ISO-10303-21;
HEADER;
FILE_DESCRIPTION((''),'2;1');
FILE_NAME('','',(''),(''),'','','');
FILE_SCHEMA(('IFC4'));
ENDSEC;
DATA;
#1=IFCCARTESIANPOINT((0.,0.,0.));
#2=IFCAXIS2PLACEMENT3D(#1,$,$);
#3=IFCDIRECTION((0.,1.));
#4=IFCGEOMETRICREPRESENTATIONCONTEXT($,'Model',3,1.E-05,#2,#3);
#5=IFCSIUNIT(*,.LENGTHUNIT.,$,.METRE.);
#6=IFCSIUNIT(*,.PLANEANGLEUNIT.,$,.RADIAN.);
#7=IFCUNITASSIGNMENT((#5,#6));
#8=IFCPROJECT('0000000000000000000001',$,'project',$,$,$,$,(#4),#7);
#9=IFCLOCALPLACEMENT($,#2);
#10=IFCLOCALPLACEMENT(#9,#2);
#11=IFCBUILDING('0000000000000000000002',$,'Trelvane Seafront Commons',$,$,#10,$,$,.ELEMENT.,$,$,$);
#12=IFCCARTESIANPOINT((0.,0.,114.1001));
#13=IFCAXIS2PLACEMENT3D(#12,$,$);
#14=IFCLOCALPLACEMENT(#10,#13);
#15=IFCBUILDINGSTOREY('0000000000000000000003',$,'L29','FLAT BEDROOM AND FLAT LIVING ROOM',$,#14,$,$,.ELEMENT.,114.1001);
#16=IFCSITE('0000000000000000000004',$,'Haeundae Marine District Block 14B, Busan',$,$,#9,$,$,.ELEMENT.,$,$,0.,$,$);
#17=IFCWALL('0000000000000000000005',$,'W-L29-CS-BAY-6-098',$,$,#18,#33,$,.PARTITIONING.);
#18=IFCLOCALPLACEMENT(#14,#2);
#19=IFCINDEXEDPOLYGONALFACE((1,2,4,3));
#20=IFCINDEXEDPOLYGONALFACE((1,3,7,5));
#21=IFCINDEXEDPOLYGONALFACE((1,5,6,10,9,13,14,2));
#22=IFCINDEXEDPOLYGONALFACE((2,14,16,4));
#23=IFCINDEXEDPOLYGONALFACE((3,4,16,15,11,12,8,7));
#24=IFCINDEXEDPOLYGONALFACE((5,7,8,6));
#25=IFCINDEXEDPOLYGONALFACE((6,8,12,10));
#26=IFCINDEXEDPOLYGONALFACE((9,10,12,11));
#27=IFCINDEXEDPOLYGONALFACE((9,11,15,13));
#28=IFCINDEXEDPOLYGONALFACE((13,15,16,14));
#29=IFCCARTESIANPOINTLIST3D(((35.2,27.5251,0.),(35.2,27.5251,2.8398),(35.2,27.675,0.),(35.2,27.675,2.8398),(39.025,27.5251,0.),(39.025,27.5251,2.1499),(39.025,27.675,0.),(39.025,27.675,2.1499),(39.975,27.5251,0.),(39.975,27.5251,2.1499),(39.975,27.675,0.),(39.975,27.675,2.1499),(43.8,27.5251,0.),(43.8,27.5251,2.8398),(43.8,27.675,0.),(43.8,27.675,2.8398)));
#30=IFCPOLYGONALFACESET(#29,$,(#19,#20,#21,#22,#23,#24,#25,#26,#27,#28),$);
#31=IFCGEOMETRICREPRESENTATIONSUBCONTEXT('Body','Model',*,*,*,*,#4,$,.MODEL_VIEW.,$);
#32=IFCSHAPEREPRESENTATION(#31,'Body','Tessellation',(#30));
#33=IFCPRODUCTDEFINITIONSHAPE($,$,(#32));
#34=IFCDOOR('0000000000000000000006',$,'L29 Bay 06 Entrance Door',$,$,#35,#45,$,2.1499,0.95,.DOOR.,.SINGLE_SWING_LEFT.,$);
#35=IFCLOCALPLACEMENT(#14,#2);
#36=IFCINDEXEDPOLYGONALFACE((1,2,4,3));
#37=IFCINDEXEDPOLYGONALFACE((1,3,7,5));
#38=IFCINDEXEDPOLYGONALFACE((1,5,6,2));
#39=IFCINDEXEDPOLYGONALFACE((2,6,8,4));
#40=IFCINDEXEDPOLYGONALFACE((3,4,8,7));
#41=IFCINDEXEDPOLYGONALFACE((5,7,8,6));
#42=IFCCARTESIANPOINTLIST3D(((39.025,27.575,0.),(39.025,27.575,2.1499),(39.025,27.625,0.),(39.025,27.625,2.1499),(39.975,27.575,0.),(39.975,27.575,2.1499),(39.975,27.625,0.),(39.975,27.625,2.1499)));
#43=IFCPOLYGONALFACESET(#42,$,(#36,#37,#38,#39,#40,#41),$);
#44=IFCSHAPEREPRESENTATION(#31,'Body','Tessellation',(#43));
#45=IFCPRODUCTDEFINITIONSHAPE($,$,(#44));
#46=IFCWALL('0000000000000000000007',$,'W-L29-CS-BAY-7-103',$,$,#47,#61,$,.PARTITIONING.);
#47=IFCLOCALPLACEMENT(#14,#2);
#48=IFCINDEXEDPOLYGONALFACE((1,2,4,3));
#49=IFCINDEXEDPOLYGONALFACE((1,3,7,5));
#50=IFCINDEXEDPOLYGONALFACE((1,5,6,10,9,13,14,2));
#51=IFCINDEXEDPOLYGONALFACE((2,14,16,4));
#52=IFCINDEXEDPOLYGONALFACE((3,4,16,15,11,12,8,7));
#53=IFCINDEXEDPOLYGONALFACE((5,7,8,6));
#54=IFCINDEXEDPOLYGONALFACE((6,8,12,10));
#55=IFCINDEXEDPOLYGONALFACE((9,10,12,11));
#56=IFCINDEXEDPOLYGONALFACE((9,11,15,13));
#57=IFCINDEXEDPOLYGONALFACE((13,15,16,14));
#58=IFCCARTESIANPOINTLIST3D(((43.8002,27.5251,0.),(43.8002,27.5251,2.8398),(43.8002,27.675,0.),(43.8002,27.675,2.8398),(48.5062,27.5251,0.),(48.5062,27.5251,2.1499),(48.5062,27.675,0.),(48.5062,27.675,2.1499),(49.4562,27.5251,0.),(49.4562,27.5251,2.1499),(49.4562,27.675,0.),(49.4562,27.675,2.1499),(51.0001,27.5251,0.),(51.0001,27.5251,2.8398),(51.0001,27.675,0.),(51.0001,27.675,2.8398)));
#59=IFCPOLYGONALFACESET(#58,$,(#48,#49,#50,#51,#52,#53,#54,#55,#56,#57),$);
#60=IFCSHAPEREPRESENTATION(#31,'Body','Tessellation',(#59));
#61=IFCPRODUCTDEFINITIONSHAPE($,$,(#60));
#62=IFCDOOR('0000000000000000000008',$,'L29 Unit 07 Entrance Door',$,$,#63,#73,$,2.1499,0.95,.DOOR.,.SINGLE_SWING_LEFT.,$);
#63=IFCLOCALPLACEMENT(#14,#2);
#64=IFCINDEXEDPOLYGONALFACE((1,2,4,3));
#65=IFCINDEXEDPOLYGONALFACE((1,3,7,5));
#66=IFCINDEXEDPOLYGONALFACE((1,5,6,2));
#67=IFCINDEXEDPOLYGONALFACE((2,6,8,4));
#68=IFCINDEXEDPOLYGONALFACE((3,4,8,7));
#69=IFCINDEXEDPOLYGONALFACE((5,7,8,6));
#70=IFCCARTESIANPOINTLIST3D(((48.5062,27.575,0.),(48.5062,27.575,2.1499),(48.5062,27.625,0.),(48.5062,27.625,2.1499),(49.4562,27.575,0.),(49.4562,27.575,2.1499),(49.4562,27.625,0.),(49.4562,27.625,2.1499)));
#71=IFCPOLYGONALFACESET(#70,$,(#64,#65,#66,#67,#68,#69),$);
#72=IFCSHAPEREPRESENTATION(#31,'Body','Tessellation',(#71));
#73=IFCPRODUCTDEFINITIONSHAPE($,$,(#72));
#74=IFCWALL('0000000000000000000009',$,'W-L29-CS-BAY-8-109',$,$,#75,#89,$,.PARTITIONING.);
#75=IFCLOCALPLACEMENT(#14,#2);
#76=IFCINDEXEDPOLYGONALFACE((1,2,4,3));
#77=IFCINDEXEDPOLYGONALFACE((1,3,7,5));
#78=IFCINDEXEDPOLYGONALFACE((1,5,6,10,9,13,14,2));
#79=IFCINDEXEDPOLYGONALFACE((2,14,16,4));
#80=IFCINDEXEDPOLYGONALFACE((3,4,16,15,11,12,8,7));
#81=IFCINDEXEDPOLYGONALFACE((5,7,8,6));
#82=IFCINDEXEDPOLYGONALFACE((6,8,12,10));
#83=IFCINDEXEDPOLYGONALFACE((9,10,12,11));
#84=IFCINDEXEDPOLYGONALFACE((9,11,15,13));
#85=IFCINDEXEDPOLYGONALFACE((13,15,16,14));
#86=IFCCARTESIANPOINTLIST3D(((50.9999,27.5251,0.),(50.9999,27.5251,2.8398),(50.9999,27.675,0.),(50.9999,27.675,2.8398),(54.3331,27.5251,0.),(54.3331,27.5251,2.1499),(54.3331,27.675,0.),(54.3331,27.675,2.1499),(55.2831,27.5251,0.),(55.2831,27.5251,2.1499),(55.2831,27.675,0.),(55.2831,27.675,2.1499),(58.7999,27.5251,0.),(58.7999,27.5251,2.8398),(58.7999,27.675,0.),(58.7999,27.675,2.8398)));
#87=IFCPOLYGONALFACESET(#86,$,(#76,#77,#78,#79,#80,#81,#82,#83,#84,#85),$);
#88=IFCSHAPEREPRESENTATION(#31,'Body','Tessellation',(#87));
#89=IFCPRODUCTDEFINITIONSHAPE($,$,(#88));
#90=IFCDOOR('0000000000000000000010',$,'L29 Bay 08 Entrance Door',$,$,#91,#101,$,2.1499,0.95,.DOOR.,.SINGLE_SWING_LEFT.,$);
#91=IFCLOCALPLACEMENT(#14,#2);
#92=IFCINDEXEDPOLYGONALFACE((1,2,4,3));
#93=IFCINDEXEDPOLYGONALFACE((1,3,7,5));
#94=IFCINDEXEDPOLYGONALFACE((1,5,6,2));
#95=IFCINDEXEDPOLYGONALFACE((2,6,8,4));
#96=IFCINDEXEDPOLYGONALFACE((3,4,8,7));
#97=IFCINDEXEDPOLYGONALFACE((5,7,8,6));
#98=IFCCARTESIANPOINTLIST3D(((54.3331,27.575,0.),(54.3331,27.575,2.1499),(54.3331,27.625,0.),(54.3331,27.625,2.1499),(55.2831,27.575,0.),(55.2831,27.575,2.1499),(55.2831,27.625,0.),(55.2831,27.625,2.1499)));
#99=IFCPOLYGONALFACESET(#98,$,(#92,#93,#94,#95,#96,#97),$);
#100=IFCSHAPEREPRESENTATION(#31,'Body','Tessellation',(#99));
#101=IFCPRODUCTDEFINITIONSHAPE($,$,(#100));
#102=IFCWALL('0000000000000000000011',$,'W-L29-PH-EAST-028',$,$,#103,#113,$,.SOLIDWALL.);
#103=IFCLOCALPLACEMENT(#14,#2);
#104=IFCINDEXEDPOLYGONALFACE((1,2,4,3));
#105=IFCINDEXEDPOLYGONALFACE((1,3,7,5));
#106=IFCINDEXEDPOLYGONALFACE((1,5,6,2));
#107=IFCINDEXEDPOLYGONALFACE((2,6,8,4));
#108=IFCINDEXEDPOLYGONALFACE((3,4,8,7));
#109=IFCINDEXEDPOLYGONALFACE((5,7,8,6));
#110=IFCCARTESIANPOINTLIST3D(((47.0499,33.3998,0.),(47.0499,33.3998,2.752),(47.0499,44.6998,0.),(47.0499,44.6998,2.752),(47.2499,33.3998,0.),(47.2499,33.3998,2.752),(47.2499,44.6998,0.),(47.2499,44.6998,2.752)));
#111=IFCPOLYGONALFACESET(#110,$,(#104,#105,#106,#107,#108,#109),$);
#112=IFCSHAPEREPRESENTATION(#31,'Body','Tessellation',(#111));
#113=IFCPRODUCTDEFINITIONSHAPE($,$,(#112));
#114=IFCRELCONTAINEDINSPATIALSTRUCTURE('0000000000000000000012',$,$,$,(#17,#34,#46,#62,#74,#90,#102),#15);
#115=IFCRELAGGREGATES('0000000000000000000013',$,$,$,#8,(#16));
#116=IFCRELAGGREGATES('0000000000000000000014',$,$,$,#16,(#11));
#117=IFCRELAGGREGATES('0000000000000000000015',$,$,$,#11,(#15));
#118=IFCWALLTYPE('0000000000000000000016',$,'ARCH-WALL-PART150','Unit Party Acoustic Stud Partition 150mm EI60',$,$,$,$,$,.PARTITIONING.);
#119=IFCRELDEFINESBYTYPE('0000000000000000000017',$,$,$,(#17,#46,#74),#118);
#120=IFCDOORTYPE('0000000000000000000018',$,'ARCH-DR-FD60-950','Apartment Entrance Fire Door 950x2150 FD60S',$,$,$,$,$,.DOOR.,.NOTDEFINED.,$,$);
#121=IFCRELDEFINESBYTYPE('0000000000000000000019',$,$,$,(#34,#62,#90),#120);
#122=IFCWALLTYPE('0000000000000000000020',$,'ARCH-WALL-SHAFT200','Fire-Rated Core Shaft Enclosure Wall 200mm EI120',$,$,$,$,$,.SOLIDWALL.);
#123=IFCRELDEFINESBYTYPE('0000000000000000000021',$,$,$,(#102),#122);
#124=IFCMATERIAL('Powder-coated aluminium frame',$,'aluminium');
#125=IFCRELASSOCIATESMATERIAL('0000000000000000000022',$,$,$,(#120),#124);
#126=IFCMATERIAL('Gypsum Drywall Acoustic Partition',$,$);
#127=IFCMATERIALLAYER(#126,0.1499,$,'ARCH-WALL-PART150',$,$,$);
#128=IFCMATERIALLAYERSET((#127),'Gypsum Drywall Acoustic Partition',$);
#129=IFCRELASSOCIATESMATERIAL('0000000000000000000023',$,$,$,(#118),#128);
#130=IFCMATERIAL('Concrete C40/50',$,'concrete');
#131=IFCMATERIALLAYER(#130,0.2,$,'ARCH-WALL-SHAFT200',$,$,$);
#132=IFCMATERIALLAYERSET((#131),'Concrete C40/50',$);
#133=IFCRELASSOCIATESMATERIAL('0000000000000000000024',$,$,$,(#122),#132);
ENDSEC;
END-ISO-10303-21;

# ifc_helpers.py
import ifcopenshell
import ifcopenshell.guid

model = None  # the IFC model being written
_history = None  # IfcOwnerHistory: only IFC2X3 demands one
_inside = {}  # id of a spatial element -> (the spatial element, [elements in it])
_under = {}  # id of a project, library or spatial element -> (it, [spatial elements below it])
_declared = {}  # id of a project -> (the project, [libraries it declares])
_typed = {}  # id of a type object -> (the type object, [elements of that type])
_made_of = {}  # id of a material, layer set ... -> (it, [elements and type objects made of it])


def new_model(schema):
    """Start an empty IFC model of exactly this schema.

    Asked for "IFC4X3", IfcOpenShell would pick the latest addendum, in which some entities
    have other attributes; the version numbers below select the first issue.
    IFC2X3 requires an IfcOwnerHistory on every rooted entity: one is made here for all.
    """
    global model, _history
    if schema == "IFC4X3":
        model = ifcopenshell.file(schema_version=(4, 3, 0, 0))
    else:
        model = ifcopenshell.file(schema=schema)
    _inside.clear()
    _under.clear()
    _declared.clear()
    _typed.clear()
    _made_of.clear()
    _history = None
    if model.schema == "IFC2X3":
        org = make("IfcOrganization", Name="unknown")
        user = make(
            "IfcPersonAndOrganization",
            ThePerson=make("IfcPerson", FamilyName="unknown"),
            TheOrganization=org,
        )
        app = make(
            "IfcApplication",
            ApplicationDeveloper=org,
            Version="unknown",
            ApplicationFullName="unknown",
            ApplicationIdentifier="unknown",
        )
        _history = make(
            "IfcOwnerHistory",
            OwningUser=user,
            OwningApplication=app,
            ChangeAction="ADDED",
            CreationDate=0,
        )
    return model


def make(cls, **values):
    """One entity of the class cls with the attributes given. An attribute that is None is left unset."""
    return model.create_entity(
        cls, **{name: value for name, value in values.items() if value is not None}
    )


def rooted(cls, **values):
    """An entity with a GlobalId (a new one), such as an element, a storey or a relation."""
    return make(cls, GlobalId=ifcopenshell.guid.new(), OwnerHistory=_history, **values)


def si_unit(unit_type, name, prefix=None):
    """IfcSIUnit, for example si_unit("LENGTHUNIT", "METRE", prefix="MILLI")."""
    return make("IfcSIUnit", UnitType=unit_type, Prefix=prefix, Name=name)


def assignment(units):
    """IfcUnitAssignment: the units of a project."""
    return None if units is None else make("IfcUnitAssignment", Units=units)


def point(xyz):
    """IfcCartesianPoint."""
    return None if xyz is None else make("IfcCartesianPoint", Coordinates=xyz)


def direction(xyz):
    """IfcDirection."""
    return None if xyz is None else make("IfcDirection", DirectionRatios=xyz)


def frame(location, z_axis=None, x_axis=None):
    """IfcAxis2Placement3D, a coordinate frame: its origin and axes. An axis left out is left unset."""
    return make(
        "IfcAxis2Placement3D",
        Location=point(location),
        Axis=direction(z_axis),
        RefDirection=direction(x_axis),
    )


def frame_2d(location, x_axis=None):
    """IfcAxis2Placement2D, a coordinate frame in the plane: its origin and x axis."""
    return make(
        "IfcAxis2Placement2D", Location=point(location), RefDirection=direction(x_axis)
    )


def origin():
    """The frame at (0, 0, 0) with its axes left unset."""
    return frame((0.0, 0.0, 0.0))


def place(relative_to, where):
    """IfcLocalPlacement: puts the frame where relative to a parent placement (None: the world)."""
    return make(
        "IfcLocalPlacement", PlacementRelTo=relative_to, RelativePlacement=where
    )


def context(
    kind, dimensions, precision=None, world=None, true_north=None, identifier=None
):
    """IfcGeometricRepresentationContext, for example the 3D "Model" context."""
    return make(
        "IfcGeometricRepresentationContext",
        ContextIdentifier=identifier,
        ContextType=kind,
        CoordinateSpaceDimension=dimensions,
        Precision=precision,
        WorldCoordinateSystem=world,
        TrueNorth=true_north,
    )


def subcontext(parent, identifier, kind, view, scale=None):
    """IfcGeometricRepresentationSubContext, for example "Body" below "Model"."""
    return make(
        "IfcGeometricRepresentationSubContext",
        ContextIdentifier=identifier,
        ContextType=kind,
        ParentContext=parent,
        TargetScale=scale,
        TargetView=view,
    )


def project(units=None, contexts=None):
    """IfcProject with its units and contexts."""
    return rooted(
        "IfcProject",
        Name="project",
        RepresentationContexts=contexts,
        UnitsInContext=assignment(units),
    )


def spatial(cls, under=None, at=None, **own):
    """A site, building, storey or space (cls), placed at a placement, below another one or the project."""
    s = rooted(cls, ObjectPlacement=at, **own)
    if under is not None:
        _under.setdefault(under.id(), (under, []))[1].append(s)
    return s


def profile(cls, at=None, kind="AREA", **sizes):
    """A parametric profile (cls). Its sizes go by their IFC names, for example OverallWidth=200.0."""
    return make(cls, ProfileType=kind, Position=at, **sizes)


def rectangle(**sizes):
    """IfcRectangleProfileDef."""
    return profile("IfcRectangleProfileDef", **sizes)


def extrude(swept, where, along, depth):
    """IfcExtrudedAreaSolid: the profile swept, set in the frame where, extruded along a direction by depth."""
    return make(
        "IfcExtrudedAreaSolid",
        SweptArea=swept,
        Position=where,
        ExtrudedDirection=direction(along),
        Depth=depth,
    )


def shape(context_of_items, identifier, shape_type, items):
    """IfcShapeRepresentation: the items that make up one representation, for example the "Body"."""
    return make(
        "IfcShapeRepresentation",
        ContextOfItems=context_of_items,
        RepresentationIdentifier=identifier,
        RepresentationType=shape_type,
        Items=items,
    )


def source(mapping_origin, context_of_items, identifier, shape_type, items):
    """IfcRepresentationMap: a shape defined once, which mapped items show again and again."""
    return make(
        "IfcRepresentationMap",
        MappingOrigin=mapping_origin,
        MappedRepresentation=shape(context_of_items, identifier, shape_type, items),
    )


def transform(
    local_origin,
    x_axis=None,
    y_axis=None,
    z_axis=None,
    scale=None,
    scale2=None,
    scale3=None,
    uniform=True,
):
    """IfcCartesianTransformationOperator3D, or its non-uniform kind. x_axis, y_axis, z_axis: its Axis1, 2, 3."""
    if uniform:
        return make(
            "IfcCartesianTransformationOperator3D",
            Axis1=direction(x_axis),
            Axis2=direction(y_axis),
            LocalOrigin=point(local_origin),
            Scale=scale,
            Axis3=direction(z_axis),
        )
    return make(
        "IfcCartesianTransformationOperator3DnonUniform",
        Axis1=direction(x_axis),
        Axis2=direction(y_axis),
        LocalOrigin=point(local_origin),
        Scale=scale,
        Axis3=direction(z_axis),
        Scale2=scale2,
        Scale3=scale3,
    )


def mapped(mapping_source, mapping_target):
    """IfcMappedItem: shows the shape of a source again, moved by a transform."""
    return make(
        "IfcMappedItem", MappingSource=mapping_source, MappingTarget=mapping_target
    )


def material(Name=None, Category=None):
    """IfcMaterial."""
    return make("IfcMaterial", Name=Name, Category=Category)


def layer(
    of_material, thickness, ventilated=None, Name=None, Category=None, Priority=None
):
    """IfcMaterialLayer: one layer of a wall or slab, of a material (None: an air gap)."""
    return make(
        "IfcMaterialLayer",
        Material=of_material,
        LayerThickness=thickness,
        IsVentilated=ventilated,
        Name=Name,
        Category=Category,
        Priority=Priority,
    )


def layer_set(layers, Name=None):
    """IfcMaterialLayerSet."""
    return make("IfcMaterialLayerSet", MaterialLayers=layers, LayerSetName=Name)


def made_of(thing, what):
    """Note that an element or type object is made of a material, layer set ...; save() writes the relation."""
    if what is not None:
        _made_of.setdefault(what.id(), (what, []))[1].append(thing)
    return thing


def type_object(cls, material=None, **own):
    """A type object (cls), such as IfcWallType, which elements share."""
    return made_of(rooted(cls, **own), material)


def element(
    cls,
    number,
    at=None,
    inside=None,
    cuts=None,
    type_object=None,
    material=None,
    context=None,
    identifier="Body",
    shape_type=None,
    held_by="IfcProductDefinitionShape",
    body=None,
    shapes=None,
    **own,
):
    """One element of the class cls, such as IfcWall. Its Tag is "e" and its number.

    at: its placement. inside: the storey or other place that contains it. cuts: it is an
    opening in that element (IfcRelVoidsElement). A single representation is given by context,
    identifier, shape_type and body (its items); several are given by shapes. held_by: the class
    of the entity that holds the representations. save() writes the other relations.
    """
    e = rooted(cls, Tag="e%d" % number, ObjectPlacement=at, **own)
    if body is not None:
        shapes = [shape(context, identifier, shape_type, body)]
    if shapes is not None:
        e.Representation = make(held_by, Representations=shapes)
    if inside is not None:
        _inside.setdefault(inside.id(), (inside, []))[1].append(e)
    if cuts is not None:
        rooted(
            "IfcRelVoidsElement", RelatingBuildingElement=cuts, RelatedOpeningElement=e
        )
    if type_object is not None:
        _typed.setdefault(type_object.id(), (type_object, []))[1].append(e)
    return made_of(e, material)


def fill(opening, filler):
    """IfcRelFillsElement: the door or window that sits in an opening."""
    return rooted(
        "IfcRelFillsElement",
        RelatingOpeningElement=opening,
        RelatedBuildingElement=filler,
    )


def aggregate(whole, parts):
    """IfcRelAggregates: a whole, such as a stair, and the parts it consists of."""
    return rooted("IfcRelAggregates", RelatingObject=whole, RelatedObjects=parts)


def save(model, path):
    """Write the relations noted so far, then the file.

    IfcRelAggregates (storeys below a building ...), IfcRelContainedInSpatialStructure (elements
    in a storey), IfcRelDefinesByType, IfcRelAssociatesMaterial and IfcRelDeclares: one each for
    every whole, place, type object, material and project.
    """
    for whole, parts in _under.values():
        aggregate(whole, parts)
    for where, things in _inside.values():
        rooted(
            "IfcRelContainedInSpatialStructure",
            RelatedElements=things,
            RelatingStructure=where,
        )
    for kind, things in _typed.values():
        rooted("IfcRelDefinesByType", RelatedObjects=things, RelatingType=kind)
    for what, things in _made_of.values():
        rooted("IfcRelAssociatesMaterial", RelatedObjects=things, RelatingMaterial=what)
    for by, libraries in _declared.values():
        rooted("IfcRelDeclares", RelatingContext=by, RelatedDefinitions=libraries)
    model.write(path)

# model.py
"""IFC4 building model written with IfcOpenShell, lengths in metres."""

from ifc_helpers import new_model, si_unit, direction, frame, frame_2d, origin, place, context, subcontext, project, spatial, rectangle, extrude, source, transform, mapped, material, layer, layer_set, type_object, element, fill, save


model = new_model("IFC4")

# Units and contexts
model_context = context("Model", 3, precision=1e-05, world=origin(), true_north=direction((0.0, 1.0)))
body_context = subcontext(model_context, "Body", "Model", "MODEL_VIEW")
ifc_project = project(units=[si_unit("LENGTHUNIT", "METRE"), si_unit("PLANEANGLEUNIT", "RADIAN")], contexts=[model_context])

# Site, building, storey
site_placement = place(None, origin())
site = spatial("IfcSite", under=ifc_project, at=site_placement, Name="Haeundae Marine District Block 14B, Busan", CompositionType="ELEMENT", RefElevation=0.0)
building_placement = place(site_placement, origin())
building = spatial("IfcBuilding", under=site, at=building_placement, Name="Trelvane Seafront Commons", CompositionType="ELEMENT")
storey_placement = place(building_placement, frame((0.0, 0.0, 114.1001)))
storey = spatial("IfcBuildingStorey", under=building, at=storey_placement, Name="L29", Description="FLAT BEDROOM AND FLAT LIVING ROOM", CompositionType="ELEMENT", Elevation=114.1001)

# Shared definitions
ifc_material_1 = material(Name="Concrete C40/50", Category="concrete")
ifc_material_2 = material(Name="Powder-coated aluminium frame", Category="aluminium")
door_type_1 = type_object("IfcDoorType", Name="ARCH-DR-FD60-950", Description="Apartment Entrance Fire Door 950x2150 FD60S", OperationType="NOTDEFINED", PredefinedType="DOOR", material=ifc_material_2)
shared_shape_1 = source(origin(), body_context, "Body", "SweptSolid", [
    extrude(rectangle(XDim=0.95, YDim=2.1499, at=frame_2d((0.4751, 1.075))), frame((0.0, 0.0249, 0.0), z_axis=(0.0, -1.0, 0.0), x_axis=(1.0, 0.0, 0.0)), (0.0, 0.0, 1.0), 0.05),
])

# Shared definitions
ifc_material_3 = material(Name="Gypsum Drywall Acoustic Partition")

# Walls, openings, doors
ifc_layer_1 = layer(ifc_material_3, 0.1499, Name="ARCH-WALL-PART150")
ifc_layer_set_1 = layer_set([ifc_layer_1], Name="Gypsum Drywall Acoustic Partition")
wall_type_1 = type_object("IfcWallType", Name="ARCH-WALL-PART150", Description="Unit Party Acoustic Stud Partition 150mm EI60", PredefinedType="PARTITIONING", material=ifc_layer_set_1)
wall_1_placement = place(storey_placement, frame((35.2, 27.6001, 0.0), z_axis=(0.0, 0.0, 1.0), x_axis=(1.0, 0.0, 0.0)))
wall_1 = element("IfcWall", 1, at=wall_1_placement, inside=storey, type_object=wall_type_1, Name="W-L29-CS-BAY-6-098", PredefinedType="PARTITIONING", context=body_context, shape_type="SweptSolid", body=[
    extrude(rectangle(XDim=8.6001, YDim=0.1499, at=frame_2d((4.3, 0.0))), origin(), (0.0, 0.0, 1.0), 2.8398),
])
opening_1_placement = place(wall_1_placement, frame((3.825, 0.0, 0.0)))
opening_1 = element("IfcOpeningElement", 2, at=opening_1_placement, cuts=wall_1, PredefinedType="OPENING", context=body_context, shape_type="SweptSolid", body=[
    extrude(rectangle(XDim=0.95, YDim=2.1499, at=frame_2d((0.4751, 1.075))), frame((0.0, 0.085, 0.0), z_axis=(0.0, -1.0, 0.0), x_axis=(1.0, 0.0, 0.0)), (0.0, 0.0, 1.0), 0.1699),
])
door_1_placement = place(opening_1_placement, origin())
door_1 = element("IfcDoor", 3, at=door_1_placement, inside=storey, type_object=door_type_1, Name="L29 Bay 06 Entrance Door", OperationType="SINGLE_SWING_LEFT", OverallHeight=2.1499, OverallWidth=0.95, PredefinedType="DOOR", context=body_context, shape_type="MappedRepresentation", body=[
    mapped(shared_shape_1, transform((0.0, 0.0, 0.0), x_axis=(1.0, 0.0, 0.0), y_axis=(0.0, 1.0, 0.0), z_axis=(0.0, 0.0, 1.0), scale=1.0)),
])
fill(opening_1, door_1)
wall_2_placement = place(storey_placement, frame((43.8, 27.6001, 0.0), z_axis=(0.0, 0.0, 1.0), x_axis=(1.0, 0.0, 0.0)))
wall_2 = element("IfcWall", 4, at=wall_2_placement, inside=storey, type_object=wall_type_1, Name="W-L29-CS-BAY-7-103", PredefinedType="PARTITIONING", context=body_context, shape_type="SweptSolid", body=[
    extrude(rectangle(XDim=7.2, YDim=0.1499, at=frame_2d((3.6001, 0.0))), origin(), (0.0, 0.0, 1.0), 2.8398),
])
opening_2_placement = place(wall_2_placement, frame((4.7061, 0.0, 0.0)))
opening_2 = element("IfcOpeningElement", 5, at=opening_2_placement, cuts=wall_2, PredefinedType="OPENING", context=body_context, shape_type="SweptSolid", body=[
    extrude(rectangle(XDim=0.95, YDim=2.1499, at=frame_2d((0.4751, 1.075))), frame((0.0, 0.085, 0.0), z_axis=(0.0, -1.0, 0.0), x_axis=(1.0, 0.0, 0.0)), (0.0, 0.0, 1.0), 0.1699),
])
door_2_placement = place(opening_2_placement, origin())
door_2 = element("IfcDoor", 6, at=door_2_placement, inside=storey, type_object=door_type_1, Name="L29 Unit 07 Entrance Door", OperationType="SINGLE_SWING_LEFT", OverallHeight=2.1499, OverallWidth=0.95, PredefinedType="DOOR", context=body_context, shape_type="MappedRepresentation", body=[
    mapped(shared_shape_1, transform((0.0, 0.0, 0.0), x_axis=(1.0, 0.0, 0.0), y_axis=(0.0, 1.0, 0.0), z_axis=(0.0, 0.0, 1.0), scale=1.0)),
])
fill(opening_2, door_2)
wall_3_placement = place(storey_placement, frame((51.0, 27.6001, 0.0), z_axis=(0.0, 0.0, 1.0), x_axis=(1.0, 0.0, 0.0)))
wall_3 = element("IfcWall", 7, at=wall_3_placement, inside=storey, type_object=wall_type_1, Name="W-L29-CS-BAY-8-109", PredefinedType="PARTITIONING", context=body_context, shape_type="SweptSolid", body=[
    extrude(rectangle(XDim=7.8, YDim=0.1499, at=frame_2d((3.8999, 0.0))), origin(), (0.0, 0.0, 1.0), 2.8398),
])
opening_3_placement = place(wall_3_placement, frame((3.333, 0.0, 0.0)))
opening_3 = element("IfcOpeningElement", 8, at=opening_3_placement, cuts=wall_3, PredefinedType="OPENING", context=body_context, shape_type="SweptSolid", body=[
    extrude(rectangle(XDim=0.95, YDim=2.1499, at=frame_2d((0.4751, 1.075))), frame((0.0, 0.085, 0.0), z_axis=(0.0, -1.0, 0.0), x_axis=(1.0, 0.0, 0.0)), (0.0, 0.0, 1.0), 0.1699),
])
door_3_placement = place(opening_3_placement, origin())
door_3 = element("IfcDoor", 9, at=door_3_placement, inside=storey, type_object=door_type_1, Name="L29 Bay 08 Entrance Door", OperationType="SINGLE_SWING_LEFT", OverallHeight=2.1499, OverallWidth=0.95, PredefinedType="DOOR", context=body_context, shape_type="MappedRepresentation", body=[
    mapped(shared_shape_1, transform((0.0, 0.0, 0.0), x_axis=(1.0, 0.0, 0.0), y_axis=(0.0, 1.0, 0.0), z_axis=(0.0, 0.0, 1.0), scale=1.0)),
])
fill(opening_3, door_3)

# Wall
ifc_layer_2 = layer(ifc_material_1, 0.2, Name="ARCH-WALL-SHAFT200")
ifc_layer_set_2 = layer_set([ifc_layer_2], Name="Concrete C40/50")
wall_type_2 = type_object("IfcWallType", Name="ARCH-WALL-SHAFT200", Description="Fire-Rated Core Shaft Enclosure Wall 200mm EI120", PredefinedType="SOLIDWALL", material=ifc_layer_set_2)
wall_4_placement = place(storey_placement, frame((47.1499, 33.3999, 0.0), z_axis=(0.0, 0.0, 1.0), x_axis=(0.0, 1.0, 0.0)))
element("IfcWall", 10, at=wall_4_placement, inside=storey, type_object=wall_type_2, Name="W-L29-PH-EAST-028", PredefinedType="SOLIDWALL", context=body_context, shape_type="SweptSolid", body=[
    extrude(rectangle(XDim=11.3, YDim=0.2, at=frame_2d((5.6499, 0.0))), origin(), (0.0, 0.0, 1.0), 2.752),
])

save(model, "model.ifc")
